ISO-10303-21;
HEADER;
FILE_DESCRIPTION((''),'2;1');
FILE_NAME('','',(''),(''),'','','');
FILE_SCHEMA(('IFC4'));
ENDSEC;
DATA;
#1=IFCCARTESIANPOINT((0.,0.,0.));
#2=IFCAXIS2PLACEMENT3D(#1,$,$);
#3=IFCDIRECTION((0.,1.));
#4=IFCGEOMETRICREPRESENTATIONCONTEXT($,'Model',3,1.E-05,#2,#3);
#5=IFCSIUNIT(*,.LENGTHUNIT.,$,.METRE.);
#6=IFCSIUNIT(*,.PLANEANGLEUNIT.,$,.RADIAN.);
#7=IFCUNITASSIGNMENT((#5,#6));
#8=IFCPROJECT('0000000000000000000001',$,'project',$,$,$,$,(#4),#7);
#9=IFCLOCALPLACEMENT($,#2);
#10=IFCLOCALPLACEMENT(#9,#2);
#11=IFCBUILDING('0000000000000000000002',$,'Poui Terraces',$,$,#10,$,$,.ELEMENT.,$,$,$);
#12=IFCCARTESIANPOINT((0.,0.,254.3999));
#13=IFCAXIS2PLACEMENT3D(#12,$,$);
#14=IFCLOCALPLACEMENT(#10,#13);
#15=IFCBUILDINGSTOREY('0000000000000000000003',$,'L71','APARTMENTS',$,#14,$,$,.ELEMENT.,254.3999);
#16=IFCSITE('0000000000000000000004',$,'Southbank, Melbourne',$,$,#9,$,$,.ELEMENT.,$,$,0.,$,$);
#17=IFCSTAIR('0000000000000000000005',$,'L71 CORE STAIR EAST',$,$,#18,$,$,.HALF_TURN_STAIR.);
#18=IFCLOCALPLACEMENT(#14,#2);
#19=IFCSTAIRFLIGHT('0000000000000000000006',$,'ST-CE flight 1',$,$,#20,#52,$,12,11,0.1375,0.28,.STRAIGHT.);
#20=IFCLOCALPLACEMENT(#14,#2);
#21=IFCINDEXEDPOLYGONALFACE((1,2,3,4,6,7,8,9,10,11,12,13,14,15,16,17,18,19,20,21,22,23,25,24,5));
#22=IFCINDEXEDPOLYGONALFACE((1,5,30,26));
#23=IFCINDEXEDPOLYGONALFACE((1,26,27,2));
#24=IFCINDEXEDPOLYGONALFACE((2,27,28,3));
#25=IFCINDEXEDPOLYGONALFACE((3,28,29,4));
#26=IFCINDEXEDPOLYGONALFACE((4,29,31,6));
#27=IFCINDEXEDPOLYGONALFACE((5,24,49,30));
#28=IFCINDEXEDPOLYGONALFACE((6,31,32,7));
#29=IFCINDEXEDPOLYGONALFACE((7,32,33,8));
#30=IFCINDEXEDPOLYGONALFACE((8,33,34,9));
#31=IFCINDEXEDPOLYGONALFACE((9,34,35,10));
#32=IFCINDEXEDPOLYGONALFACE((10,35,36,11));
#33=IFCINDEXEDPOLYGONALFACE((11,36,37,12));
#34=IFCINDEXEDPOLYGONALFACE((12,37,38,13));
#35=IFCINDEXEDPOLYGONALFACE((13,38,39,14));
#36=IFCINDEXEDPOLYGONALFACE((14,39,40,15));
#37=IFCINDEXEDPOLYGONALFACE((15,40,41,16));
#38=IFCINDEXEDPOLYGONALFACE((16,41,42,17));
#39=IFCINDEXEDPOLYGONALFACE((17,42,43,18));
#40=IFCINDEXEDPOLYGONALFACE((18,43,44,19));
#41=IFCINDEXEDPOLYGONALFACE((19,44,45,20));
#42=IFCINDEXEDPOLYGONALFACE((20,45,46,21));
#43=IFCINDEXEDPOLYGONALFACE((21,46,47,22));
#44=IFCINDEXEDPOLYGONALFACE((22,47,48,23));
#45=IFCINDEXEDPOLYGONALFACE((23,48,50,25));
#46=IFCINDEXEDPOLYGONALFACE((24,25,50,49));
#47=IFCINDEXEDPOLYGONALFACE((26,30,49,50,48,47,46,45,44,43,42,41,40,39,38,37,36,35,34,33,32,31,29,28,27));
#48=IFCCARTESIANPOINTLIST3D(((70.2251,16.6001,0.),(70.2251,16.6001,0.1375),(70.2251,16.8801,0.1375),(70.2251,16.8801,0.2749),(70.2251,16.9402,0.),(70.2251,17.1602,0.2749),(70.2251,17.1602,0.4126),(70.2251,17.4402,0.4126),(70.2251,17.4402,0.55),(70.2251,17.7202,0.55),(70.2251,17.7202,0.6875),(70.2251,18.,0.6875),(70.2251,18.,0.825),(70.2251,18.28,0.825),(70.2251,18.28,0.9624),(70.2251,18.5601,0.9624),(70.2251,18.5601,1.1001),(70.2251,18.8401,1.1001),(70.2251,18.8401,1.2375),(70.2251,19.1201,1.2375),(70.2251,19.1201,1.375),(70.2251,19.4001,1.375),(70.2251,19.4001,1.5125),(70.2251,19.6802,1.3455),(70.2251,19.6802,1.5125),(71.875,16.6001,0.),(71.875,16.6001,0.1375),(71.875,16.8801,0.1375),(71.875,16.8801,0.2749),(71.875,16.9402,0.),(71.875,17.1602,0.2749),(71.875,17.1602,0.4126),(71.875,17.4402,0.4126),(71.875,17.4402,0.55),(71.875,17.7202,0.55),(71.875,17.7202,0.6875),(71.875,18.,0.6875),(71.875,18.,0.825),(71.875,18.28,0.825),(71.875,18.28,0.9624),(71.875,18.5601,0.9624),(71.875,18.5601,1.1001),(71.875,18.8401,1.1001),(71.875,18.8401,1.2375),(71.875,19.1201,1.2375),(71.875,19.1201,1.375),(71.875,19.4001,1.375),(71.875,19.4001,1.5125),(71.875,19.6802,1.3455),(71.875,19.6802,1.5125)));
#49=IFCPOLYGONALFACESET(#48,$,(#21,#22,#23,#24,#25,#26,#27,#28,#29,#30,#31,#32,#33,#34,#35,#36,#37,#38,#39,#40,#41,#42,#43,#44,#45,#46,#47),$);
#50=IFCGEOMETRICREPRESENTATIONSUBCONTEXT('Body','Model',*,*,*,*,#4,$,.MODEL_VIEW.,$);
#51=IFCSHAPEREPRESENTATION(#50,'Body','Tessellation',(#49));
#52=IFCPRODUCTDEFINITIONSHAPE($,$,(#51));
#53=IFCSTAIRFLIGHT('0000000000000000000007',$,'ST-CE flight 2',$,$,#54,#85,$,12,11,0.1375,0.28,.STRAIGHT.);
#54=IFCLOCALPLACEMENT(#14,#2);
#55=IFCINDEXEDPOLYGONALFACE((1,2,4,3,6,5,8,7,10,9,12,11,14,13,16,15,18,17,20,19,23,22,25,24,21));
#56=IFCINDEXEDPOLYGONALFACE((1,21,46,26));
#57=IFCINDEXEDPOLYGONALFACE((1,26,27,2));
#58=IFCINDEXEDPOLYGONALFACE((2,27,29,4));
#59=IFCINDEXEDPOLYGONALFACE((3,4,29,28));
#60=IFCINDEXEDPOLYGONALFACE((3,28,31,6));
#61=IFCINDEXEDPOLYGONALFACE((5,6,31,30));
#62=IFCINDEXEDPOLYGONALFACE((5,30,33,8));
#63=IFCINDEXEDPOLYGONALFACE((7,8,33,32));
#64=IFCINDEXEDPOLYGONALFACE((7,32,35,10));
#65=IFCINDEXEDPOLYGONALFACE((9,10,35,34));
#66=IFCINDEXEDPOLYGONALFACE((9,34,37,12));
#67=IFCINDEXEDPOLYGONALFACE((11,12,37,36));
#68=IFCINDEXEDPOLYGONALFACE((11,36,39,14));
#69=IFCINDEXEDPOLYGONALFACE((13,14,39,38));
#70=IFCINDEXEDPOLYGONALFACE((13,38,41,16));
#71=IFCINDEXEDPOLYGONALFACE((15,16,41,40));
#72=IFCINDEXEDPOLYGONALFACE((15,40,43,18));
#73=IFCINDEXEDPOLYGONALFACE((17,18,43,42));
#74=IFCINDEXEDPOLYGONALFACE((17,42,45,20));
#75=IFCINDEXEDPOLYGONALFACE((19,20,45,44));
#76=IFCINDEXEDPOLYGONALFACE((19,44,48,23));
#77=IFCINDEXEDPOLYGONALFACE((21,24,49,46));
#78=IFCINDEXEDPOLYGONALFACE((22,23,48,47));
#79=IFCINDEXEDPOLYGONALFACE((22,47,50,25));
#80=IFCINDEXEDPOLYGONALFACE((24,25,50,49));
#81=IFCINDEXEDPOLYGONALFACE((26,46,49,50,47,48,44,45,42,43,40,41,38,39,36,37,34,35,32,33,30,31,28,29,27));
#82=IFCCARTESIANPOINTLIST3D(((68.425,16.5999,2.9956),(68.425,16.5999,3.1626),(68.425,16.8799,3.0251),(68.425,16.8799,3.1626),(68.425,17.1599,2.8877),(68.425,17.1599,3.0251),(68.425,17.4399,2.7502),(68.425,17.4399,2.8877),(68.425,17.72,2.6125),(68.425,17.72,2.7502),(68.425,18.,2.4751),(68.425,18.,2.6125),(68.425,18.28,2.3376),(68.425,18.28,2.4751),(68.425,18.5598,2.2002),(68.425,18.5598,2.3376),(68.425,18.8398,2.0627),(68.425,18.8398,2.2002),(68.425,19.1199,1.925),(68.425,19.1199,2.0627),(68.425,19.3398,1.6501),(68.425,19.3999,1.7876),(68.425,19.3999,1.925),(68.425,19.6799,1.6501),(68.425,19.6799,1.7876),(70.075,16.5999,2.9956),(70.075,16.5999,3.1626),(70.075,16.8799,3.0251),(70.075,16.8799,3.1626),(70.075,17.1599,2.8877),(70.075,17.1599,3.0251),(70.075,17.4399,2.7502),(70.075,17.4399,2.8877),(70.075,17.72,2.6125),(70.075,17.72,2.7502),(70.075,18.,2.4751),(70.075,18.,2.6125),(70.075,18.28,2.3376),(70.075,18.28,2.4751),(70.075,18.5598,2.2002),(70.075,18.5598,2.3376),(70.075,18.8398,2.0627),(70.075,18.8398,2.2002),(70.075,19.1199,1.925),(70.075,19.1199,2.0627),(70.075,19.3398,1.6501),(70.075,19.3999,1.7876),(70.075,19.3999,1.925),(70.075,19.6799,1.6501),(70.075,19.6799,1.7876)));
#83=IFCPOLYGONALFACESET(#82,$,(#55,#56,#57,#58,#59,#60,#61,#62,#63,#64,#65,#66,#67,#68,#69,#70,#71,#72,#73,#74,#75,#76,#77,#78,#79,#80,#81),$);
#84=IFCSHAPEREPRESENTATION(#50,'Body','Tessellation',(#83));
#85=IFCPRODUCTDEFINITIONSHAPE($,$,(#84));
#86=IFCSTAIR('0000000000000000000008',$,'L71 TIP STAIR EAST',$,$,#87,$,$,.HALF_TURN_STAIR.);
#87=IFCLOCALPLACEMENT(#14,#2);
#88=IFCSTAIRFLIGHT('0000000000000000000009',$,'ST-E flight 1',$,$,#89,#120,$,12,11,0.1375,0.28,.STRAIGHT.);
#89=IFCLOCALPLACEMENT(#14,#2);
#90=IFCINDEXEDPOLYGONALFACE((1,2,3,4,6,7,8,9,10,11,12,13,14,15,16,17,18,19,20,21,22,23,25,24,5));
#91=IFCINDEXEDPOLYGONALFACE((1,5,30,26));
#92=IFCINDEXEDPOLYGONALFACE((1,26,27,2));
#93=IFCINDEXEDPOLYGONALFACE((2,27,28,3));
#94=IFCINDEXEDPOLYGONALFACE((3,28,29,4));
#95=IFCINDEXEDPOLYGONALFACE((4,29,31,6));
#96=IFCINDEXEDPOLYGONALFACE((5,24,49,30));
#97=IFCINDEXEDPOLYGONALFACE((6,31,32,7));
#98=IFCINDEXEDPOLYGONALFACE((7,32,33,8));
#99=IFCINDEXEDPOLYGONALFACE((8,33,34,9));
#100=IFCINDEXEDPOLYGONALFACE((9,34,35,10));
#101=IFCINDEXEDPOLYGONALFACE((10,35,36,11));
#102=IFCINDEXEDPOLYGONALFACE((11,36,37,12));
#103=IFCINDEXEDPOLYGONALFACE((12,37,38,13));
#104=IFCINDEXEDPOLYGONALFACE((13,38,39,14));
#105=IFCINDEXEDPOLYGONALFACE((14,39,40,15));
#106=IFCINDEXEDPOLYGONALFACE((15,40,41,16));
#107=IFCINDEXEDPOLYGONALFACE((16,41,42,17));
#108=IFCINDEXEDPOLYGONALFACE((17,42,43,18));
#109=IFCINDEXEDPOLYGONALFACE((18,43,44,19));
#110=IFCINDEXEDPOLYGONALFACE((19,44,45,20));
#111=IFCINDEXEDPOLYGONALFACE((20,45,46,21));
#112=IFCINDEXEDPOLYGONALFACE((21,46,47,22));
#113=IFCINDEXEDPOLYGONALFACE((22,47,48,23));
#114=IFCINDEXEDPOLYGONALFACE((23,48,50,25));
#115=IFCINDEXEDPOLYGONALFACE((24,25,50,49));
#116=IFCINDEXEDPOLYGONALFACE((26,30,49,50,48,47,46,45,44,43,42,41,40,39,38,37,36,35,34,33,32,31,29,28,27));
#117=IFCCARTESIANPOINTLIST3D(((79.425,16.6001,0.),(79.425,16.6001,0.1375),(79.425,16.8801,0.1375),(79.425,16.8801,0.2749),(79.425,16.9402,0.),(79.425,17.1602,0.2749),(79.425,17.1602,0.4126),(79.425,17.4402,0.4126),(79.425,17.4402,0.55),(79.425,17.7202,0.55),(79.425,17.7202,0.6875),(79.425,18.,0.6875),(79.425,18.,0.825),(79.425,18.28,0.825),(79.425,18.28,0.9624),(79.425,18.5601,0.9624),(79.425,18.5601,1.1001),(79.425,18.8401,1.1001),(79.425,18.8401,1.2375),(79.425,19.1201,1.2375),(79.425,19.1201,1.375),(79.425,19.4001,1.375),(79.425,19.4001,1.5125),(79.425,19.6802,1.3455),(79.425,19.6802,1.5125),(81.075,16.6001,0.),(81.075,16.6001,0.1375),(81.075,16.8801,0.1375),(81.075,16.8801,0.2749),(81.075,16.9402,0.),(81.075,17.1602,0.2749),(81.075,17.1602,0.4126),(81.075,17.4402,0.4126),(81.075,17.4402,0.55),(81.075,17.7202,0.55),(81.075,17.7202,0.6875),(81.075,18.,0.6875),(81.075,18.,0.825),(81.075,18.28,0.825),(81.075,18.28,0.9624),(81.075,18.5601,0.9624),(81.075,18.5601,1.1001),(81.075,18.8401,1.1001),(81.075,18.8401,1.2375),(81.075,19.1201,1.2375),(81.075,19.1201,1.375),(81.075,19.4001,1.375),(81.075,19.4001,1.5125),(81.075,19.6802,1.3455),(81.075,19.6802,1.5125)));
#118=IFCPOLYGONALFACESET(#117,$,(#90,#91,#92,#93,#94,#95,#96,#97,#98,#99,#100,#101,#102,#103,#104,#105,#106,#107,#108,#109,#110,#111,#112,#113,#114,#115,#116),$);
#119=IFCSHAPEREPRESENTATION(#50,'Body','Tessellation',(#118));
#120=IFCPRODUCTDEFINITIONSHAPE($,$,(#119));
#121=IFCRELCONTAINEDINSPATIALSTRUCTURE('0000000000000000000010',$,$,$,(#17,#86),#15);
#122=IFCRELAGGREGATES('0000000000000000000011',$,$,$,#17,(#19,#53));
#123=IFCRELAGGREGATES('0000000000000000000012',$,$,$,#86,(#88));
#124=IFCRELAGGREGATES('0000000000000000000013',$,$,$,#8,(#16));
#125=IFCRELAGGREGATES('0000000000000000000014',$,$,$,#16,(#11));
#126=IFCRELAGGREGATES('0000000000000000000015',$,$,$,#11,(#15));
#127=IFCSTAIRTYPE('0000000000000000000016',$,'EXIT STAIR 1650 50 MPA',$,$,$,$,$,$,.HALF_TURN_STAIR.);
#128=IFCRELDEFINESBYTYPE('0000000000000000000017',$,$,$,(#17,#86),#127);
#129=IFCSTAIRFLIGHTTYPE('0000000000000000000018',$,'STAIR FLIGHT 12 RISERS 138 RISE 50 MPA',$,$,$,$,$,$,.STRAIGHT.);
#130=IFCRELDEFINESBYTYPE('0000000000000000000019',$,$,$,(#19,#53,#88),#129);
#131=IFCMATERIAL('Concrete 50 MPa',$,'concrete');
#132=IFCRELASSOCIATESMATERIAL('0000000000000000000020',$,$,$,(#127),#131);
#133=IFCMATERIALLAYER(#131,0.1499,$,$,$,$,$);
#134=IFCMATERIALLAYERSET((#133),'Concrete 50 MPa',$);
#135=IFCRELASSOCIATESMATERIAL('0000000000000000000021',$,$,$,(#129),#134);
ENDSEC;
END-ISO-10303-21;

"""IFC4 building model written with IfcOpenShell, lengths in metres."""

from ifc_helpers import new_model, si_unit, direction, frame, origin, place, context, subcontext, project, spatial, polyline, outline, extrude, material, layer, layer_set, type_object, element, aggregate, save


model = new_model("IFC4")

# Units and contexts
model_context = context("Model", 3, precision=1e-05, world=origin(), true_north=direction((0.0, 1.0)))
body_context = subcontext(model_context, "Body", "Model", "MODEL_VIEW")
ifc_project = project(units=[si_unit("LENGTHUNIT", "METRE"), si_unit("PLANEANGLEUNIT", "RADIAN")], contexts=[model_context])

# Site, building, storey
site_placement = place(None, origin())
site = spatial("IfcSite", under=ifc_project, at=site_placement, Name="Southbank, Melbourne", CompositionType="ELEMENT", RefElevation=0.0)
building_placement = place(site_placement, origin())
building = spatial("IfcBuilding", under=site, at=building_placement, Name="Poui Terraces", CompositionType="ELEMENT")
storey_placement = place(building_placement, frame((0.0, 0.0, 254.3999)))
storey = spatial("IfcBuildingStorey", under=building, at=storey_placement, Name="L71", Description="APARTMENTS", CompositionType="ELEMENT", Elevation=254.3999)

# Shared definitions
ifc_material_1 = material(Name="Concrete 50 MPa", Category="concrete")

# Stair, stair flights
stair_type = type_object("IfcStairType", Name="EXIT STAIR 1650 50 MPA", PredefinedType="HALF_TURN_STAIR", material=ifc_material_1)
stair_1_placement = place(storey_placement, origin())
stair_1 = element("IfcStair", 1, at=stair_1_placement, inside=storey, type_object=stair_type, Name="L71 CORE STAIR EAST", PredefinedType="HALF_TURN_STAIR")
ifc_layer_1 = layer(ifc_material_1, 0.1499)
ifc_layer_set_1 = layer_set([ifc_layer_1], Name="Concrete 50 MPa")
stair_flight_type = type_object("IfcStairFlightType", Name="STAIR FLIGHT 12 RISERS 138 RISE 50 MPA", PredefinedType="STRAIGHT", material=ifc_layer_set_1)
stair_flight_1_placement = place(storey_placement, frame((71.05, 16.6001, 0.0), z_axis=(0.0, 0.0, 1.0), x_axis=(0.0, 1.0, 0.0)))
stair_flight_1 = element("IfcStairFlight", 2, at=stair_flight_1_placement, type_object=stair_flight_type, Name="ST-CE flight 1", NumberOfRisers=12, NumberOfTreads=11, PredefinedType="STRAIGHT", RiserHeight=0.1375, TreadLength=0.28, context=body_context, shape_type="SweptSolid", body=[
    extrude(outline(polyline([(0.0, 0.0), (0.0, 0.1375), (0.28, 0.1375), (0.28, 0.2749), (0.5601, 0.2749), (0.5601, 0.4126), (0.8401, 0.4126), (0.8401, 0.55), (1.1201, 0.55), (1.1201, 0.6875), (1.3999, 0.6875), (1.3999, 0.825), (1.6799, 0.825), (1.6799, 0.9624), (1.96, 0.9624), (1.96, 1.1001), (2.24, 1.1001), (2.24, 1.2375), (2.52, 1.2375), (2.52, 1.375), (2.8, 1.375), (2.8, 1.5125), (3.0801, 1.5125), (3.0801, 1.6499), (3.0801, 1.3455), (0.3401, 0.0), (0.0, 0.0)])), frame((0.0, 0.825, 0.0), z_axis=(0.0, -1.0, 0.0), x_axis=(1.0, 0.0, 0.0)), (0.0, 0.0, 1.0), 1.6499),
])
stair_flight_2_placement = place(storey_placement, frame((69.25, 19.6799, 1.6501), z_axis=(0.0, 0.0, 1.0), x_axis=(0.0, -1.0, 0.0)))
stair_flight_2 = element("IfcStairFlight", 3, at=stair_flight_2_placement, type_object=stair_flight_type, Name="ST-CE flight 2", NumberOfRisers=12, NumberOfTreads=11, PredefinedType="STRAIGHT", RiserHeight=0.1375, TreadLength=0.28, context=body_context, shape_type="SweptSolid", body=[
    extrude(outline(polyline([(0.0, 0.0), (0.0, 0.1375), (0.28, 0.1375), (0.28, 0.2749), (0.5601, 0.2749), (0.5601, 0.4126), (0.8401, 0.4126), (0.8401, 0.55), (1.1201, 0.55), (1.1201, 0.6875), (1.3999, 0.6875), (1.3999, 0.825), (1.6799, 0.825), (1.6799, 0.9624), (1.96, 0.9624), (1.96, 1.1001), (2.24, 1.1001), (2.24, 1.2375), (2.52, 1.2375), (2.52, 1.375), (2.8, 1.375), (2.8, 1.5125), (3.0801, 1.5125), (3.0801, 1.6499), (3.0801, 1.3455), (0.3401, 0.0), (0.0, 0.0)])), frame((0.0, 0.825, 0.0), z_axis=(0.0, -1.0, 0.0), x_axis=(1.0, 0.0, 0.0)), (0.0, 0.0, 1.0), 1.6499),
])
aggregate(stair_1, [stair_flight_1, stair_flight_2])

# Stair, stair flight
stair_2_placement = place(storey_placement, origin())
stair_2 = element("IfcStair", 4, at=stair_2_placement, inside=storey, type_object=stair_type, Name="L71 TIP STAIR EAST", PredefinedType="HALF_TURN_STAIR")
stair_flight_3_placement = place(storey_placement, frame((80.25, 16.6001, 0.0), z_axis=(0.0, 0.0, 1.0), x_axis=(0.0, 1.0, 0.0)))
stair_flight_3 = element("IfcStairFlight", 5, at=stair_flight_3_placement, type_object=stair_flight_type, Name="ST-E flight 1", NumberOfRisers=12, NumberOfTreads=11, PredefinedType="STRAIGHT", RiserHeight=0.1375, TreadLength=0.28, context=body_context, shape_type="SweptSolid", body=[
    extrude(outline(polyline([(0.0, 0.0), (0.0, 0.1375), (0.28, 0.1375), (0.28, 0.2749), (0.5601, 0.2749), (0.5601, 0.4126), (0.8401, 0.4126), (0.8401, 0.55), (1.1201, 0.55), (1.1201, 0.6875), (1.3999, 0.6875), (1.3999, 0.825), (1.6799, 0.825), (1.6799, 0.9624), (1.96, 0.9624), (1.96, 1.1001), (2.24, 1.1001), (2.24, 1.2375), (2.52, 1.2375), (2.52, 1.375), (2.8, 1.375), (2.8, 1.5125), (3.0801, 1.5125), (3.0801, 1.6499), (3.0801, 1.3455), (0.3401, 0.0), (0.0, 0.0)])), frame((0.0, 0.825, 0.0), z_axis=(0.0, -1.0, 0.0), x_axis=(1.0, 0.0, 0.0)), (0.0, 0.0, 1.0), 1.6499),
])
aggregate(stair_2, [stair_flight_3])

save(model, "model.ifc")
